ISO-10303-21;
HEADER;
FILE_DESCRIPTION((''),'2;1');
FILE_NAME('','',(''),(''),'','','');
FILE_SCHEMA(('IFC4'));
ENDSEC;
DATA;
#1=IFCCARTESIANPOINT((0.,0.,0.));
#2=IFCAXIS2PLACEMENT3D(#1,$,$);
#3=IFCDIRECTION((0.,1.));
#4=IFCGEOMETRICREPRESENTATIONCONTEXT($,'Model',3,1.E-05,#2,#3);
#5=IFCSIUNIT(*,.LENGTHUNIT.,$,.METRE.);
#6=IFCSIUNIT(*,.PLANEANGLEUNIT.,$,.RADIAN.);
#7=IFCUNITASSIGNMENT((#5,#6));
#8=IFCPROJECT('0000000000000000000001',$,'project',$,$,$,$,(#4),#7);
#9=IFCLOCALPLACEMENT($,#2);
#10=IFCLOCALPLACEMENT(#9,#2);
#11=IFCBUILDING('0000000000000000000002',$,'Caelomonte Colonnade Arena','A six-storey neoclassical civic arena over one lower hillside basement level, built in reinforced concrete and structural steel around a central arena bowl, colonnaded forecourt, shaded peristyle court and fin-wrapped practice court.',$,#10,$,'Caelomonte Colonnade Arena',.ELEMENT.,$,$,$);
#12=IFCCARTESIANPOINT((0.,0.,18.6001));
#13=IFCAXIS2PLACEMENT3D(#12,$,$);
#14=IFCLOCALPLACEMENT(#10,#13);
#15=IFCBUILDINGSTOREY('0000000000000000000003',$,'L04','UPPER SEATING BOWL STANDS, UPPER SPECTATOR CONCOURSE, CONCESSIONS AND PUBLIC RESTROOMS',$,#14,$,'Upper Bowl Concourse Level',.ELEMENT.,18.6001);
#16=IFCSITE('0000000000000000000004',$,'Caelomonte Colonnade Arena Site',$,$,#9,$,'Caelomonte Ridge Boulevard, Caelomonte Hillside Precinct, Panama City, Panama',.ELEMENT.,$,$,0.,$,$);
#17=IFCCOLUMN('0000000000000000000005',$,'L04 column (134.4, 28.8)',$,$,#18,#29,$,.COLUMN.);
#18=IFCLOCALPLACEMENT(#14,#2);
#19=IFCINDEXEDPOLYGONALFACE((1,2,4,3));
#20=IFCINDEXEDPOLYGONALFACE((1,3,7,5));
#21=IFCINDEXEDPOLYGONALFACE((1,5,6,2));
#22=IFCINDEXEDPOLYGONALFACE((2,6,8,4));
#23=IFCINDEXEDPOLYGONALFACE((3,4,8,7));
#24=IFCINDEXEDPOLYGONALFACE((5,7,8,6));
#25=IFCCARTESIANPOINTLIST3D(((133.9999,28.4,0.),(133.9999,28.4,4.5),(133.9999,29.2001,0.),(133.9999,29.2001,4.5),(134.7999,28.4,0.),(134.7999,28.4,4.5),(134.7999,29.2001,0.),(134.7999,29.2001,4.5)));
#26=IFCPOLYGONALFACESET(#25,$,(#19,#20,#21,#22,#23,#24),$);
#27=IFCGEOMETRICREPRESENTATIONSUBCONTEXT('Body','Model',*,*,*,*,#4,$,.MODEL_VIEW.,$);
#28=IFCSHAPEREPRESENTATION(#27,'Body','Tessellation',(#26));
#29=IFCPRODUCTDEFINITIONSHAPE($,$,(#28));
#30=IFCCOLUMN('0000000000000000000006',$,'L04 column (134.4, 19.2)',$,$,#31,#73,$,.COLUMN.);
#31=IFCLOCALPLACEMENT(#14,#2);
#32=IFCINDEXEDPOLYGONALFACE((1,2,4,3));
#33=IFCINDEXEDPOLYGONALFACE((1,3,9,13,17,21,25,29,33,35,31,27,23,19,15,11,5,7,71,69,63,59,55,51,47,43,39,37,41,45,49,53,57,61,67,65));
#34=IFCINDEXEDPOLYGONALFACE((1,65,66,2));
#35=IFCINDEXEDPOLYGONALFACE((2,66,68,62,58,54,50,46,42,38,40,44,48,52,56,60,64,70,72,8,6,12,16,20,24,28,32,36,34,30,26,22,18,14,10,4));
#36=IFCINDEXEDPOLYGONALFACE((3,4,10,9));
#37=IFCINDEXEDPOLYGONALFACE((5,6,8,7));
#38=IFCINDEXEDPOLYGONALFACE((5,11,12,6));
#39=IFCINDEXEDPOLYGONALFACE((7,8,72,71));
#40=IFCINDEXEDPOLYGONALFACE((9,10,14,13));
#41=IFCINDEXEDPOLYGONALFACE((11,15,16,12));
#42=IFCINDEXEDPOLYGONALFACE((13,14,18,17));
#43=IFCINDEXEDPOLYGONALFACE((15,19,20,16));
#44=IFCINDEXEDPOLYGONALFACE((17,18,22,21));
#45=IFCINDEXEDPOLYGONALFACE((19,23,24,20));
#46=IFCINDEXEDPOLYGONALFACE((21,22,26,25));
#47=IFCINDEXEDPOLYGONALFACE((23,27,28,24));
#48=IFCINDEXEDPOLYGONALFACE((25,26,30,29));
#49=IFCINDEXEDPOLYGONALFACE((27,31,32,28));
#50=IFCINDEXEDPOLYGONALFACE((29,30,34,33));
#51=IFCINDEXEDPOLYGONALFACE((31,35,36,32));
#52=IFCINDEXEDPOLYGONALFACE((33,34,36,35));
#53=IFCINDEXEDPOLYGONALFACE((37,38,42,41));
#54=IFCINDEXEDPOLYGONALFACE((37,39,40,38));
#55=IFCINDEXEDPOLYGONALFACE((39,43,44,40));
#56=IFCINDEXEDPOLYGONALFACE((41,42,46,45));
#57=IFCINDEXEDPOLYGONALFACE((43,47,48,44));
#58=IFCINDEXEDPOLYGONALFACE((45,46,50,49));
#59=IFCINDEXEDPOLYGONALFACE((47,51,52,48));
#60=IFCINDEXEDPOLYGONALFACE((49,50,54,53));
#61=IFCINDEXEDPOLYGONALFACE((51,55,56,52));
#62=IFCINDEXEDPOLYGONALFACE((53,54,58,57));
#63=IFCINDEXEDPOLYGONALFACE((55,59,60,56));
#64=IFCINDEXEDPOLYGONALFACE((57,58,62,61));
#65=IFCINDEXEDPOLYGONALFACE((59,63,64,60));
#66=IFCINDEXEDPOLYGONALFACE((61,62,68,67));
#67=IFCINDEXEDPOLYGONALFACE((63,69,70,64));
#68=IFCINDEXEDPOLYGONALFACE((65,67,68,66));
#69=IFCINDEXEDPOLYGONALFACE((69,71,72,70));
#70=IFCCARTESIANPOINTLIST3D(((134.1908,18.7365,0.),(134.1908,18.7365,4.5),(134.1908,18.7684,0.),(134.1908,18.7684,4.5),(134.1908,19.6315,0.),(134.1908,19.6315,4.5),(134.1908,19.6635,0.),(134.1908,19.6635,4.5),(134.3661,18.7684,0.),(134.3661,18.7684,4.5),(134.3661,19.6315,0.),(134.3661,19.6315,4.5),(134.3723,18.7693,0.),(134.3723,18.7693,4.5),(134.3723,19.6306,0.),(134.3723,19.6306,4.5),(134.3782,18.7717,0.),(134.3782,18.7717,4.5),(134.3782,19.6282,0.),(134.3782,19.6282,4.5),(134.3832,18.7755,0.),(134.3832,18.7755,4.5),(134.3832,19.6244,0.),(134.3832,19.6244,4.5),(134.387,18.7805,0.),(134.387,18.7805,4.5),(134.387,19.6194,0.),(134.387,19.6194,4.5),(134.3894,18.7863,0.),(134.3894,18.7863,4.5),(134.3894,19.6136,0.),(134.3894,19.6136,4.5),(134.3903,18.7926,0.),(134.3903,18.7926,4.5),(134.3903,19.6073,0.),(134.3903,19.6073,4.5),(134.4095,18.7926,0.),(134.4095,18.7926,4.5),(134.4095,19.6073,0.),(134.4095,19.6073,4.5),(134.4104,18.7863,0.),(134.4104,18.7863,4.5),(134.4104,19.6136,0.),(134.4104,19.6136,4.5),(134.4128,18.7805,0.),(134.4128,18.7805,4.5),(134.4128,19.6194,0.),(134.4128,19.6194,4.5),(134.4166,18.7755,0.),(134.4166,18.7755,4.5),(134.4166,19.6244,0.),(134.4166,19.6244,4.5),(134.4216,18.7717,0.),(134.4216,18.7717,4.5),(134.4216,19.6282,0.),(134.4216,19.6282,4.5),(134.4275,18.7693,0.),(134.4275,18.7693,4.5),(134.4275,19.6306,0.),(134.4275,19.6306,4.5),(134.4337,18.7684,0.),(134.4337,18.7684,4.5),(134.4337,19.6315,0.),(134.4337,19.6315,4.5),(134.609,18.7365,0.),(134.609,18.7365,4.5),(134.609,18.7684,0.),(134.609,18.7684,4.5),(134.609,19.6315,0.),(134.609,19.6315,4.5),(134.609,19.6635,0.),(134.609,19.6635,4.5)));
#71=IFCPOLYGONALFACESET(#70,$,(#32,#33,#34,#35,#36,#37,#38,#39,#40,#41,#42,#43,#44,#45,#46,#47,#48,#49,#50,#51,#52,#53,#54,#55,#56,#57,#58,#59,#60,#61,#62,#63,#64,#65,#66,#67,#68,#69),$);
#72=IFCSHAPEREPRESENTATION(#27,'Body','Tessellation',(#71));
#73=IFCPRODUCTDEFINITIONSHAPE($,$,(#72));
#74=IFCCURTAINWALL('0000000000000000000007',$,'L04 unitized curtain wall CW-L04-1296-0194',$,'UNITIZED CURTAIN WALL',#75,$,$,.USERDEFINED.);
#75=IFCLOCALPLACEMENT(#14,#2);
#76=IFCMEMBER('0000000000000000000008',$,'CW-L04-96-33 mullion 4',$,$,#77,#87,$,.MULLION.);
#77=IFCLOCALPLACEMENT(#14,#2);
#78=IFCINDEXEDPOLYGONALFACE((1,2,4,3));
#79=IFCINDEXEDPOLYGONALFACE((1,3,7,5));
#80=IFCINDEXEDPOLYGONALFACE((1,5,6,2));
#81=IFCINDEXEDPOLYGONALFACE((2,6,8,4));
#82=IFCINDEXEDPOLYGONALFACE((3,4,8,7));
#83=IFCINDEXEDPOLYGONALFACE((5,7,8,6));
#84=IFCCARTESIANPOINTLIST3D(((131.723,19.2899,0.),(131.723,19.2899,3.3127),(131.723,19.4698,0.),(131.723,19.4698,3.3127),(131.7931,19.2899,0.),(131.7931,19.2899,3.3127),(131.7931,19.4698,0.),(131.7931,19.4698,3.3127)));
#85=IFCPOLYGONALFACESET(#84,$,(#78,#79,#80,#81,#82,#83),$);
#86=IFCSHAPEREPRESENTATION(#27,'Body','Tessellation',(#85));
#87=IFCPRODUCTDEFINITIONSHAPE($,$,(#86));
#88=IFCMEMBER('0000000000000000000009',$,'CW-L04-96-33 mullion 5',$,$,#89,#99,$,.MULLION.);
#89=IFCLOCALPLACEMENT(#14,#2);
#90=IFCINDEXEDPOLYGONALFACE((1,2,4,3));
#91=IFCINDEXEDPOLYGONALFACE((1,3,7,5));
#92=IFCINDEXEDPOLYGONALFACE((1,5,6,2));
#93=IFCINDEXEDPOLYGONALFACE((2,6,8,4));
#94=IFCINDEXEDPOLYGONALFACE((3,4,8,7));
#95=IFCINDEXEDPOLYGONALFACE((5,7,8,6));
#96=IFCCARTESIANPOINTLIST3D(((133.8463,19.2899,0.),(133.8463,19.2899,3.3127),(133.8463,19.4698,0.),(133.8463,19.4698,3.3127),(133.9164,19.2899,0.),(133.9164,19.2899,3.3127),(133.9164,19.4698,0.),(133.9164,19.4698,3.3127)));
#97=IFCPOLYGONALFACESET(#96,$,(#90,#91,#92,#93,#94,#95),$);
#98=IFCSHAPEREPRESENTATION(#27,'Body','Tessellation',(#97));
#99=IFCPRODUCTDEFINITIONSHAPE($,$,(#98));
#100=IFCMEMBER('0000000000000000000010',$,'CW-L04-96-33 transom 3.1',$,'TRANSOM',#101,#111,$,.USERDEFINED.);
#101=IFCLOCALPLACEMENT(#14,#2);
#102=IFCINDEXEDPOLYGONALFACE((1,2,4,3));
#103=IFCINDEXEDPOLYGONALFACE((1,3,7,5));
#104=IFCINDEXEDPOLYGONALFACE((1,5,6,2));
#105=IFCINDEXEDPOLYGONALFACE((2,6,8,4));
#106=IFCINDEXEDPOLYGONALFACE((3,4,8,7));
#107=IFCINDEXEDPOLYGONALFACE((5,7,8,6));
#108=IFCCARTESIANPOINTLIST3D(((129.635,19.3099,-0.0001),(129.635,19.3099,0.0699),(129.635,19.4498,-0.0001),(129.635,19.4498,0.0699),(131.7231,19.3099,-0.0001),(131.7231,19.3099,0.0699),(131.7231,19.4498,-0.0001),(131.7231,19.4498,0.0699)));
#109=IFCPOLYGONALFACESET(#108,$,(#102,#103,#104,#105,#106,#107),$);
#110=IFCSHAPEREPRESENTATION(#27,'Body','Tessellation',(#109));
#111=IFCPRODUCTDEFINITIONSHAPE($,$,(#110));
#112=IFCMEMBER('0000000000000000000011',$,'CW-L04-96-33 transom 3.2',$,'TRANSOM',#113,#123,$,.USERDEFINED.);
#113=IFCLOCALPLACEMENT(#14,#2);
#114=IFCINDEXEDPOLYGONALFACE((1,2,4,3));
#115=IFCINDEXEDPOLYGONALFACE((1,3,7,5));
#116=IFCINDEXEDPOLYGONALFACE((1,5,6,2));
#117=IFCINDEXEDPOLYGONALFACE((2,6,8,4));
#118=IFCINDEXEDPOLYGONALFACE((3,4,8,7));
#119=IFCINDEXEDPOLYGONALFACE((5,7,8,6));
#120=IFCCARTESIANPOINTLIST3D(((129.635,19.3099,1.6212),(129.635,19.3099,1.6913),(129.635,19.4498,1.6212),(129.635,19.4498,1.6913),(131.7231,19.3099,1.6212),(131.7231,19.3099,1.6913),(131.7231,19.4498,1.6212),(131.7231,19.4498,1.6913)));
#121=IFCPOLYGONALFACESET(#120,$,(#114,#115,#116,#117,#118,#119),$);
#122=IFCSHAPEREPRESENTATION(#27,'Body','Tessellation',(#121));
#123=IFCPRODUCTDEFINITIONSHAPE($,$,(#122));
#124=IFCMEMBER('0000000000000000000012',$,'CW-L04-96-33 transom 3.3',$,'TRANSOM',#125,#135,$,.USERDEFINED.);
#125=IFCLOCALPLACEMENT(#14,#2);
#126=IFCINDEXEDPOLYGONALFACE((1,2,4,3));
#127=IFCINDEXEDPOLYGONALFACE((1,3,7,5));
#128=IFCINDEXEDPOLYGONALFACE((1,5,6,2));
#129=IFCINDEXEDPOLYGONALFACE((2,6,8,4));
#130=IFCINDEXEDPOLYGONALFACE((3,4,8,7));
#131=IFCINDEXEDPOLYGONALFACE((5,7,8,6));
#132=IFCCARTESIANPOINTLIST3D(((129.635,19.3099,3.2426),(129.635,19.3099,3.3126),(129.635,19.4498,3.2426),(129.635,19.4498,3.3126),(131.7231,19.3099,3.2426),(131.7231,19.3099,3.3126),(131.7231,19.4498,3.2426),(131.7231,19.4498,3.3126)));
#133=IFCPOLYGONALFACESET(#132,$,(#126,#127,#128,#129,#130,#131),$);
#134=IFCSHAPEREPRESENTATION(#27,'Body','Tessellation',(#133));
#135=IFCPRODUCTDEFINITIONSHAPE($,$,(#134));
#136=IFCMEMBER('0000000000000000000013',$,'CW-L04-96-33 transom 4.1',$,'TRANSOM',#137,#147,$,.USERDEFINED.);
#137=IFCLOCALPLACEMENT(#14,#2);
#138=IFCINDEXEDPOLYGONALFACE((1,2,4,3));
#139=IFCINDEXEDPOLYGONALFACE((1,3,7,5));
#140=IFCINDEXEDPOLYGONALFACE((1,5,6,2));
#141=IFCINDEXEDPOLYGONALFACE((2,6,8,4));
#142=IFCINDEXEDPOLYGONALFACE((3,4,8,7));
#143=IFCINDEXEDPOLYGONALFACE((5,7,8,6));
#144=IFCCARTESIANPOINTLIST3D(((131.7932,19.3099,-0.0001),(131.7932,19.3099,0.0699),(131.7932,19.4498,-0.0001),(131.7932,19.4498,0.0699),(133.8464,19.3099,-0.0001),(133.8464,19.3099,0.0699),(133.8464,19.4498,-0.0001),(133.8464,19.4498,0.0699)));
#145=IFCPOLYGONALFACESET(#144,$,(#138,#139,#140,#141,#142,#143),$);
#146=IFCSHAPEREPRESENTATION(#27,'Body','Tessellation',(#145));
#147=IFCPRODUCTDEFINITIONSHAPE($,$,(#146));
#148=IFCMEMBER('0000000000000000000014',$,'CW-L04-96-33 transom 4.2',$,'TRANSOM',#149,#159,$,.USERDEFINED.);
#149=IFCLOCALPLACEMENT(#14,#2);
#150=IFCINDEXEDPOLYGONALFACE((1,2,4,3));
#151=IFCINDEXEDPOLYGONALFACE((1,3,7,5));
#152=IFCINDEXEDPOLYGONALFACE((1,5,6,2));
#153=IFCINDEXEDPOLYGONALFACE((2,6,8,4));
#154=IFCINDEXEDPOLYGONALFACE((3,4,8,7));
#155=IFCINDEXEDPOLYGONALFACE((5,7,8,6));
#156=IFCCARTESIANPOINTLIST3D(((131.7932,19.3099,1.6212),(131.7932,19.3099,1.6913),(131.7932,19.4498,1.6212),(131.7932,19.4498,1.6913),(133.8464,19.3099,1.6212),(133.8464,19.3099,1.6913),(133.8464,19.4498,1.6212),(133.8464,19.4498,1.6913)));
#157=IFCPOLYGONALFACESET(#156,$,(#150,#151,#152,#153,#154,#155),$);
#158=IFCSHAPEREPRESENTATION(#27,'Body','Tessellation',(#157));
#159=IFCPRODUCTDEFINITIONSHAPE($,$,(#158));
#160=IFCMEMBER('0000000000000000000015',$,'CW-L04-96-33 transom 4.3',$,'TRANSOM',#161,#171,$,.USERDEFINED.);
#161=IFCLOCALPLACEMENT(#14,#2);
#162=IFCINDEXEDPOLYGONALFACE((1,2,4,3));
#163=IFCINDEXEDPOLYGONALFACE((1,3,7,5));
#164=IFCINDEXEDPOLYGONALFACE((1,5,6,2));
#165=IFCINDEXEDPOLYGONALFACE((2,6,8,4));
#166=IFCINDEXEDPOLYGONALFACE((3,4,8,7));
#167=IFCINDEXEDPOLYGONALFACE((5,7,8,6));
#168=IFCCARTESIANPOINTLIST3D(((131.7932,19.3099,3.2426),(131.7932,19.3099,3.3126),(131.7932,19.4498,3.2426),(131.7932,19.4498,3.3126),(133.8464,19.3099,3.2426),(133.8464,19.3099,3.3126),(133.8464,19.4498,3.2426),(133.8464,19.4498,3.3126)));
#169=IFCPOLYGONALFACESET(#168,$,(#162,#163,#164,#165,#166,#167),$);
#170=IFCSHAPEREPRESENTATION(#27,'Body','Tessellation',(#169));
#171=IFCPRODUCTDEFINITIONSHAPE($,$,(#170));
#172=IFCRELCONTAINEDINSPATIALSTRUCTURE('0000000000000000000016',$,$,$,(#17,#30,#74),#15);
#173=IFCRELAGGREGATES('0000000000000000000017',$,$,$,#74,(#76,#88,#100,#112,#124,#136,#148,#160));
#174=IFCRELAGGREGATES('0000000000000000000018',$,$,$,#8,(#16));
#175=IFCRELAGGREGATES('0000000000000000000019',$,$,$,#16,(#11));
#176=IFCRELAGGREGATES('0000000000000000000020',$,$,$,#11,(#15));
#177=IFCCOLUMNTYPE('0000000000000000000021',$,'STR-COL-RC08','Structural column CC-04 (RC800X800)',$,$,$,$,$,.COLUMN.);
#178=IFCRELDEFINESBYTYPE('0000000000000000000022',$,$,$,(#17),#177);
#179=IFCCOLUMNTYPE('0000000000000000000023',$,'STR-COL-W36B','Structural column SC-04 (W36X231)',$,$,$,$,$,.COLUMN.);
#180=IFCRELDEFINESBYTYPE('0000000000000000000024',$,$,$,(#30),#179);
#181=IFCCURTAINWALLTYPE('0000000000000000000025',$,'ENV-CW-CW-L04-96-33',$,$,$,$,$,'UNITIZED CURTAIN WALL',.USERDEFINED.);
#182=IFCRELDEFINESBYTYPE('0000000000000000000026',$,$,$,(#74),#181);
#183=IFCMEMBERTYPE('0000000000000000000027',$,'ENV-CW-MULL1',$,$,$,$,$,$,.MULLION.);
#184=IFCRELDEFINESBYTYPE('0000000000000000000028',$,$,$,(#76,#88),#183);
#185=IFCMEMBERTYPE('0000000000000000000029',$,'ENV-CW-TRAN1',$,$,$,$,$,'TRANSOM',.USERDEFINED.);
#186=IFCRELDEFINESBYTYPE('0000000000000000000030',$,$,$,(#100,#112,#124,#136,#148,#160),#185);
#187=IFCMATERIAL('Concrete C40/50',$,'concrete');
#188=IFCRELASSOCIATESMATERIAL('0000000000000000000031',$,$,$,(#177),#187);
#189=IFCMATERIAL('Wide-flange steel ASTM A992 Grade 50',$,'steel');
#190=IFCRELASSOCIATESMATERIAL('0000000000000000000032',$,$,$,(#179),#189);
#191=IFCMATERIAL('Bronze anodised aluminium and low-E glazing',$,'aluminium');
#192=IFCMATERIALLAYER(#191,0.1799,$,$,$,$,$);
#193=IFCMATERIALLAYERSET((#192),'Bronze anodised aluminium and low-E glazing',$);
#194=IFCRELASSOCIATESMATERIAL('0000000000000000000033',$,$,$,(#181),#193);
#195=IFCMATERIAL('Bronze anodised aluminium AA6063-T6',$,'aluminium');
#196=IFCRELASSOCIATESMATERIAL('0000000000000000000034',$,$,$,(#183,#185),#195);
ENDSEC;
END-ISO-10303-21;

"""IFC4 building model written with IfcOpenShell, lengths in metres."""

from ifc_helpers import new_model, si_unit, direction, frame, origin, origin_2d, place, context, subcontext, project, spatial, rectangle, i_section, extrude, material, layer, layer_set, material_profile, profile_set, type_object, element, aggregate, save


model = new_model("IFC4")

# Units and contexts
model_context = context("Model", 3, precision=1e-05, world=origin(), true_north=direction((0.0, 1.0)))
body_context = subcontext(model_context, "Body", "Model", "MODEL_VIEW")
ifc_project = project(units=[si_unit("LENGTHUNIT", "METRE"), si_unit("PLANEANGLEUNIT", "RADIAN")], contexts=[model_context])

# Site, building, storey
site_placement = place(None, origin())
site = spatial("IfcSite", under=ifc_project, at=site_placement, Name="Caelomonte Colonnade Arena Site", LongName="Caelomonte Ridge Boulevard, Caelomonte Hillside Precinct, Panama City, Panama", CompositionType="ELEMENT", RefElevation=0.0)
building_placement = place(site_placement, origin())
building = spatial("IfcBuilding", under=site, at=building_placement, Name="Caelomonte Colonnade Arena", Description="A six-storey neoclassical civic arena over one lower hillside basement level, built in reinforced concrete and structural steel around a central arena bowl, colonnaded forecourt, shaded peristyle court and fin-wrapped practice court.", LongName="Caelomonte Colonnade Arena", CompositionType="ELEMENT")
storey_placement = place(building_placement, frame((0.0, 0.0, 18.6001)))
storey = spatial("IfcBuildingStorey", under=building, at=storey_placement, Name="L04", Description="UPPER SEATING BOWL STANDS, UPPER SPECTATOR CONCOURSE, CONCESSIONS AND PUBLIC RESTROOMS", LongName="Upper Bowl Concourse Level", CompositionType="ELEMENT", Elevation=18.6001)

# Columns
ifc_material_1 = material(Name="Concrete C40/50", Category="concrete")
ifc_material_profile_1 = material_profile(ifc_material_1, rectangle(XDim=0.8, YDim=0.8, at=origin_2d()), Name="RC800X800")
ifc_profile_set_1 = profile_set([ifc_material_profile_1], Name="Concrete C40/50")
column_type_1 = type_object("IfcColumnType", Name="STR-COL-RC08", Description="Structural column CC-04 (RC800X800)", PredefinedType="COLUMN", material=ifc_profile_set_1)
column_1_placement = place(storey_placement, frame((134.3999, 28.8, 0.0), z_axis=(0.0, 0.0, 1.0), x_axis=(1.0, 0.0, 0.0)))
element("IfcColumn", 1, at=column_1_placement, inside=storey, type_object=column_type_1, Name="L04 column (134.4, 28.8)", PredefinedType="COLUMN", context=body_context, shape_type="SweptSolid", body=[
    extrude(rectangle(XDim=0.8, YDim=0.8, at=origin_2d()), origin(), (0.0, 0.0, 1.0), 4.5),
])
ifc_material_2 = material(Name="Wide-flange steel ASTM A992 Grade 50", Category="steel")
ifc_material_profile_2 = material_profile(ifc_material_2, i_section(OverallWidth=0.4182, OverallDepth=0.927, WebThickness=0.0193, FlangeThickness=0.032, FilletRadius=0.0242, at=origin_2d()), Name="W36X231")
ifc_profile_set_2 = profile_set([ifc_material_profile_2], Name="Wide-flange steel ASTM A992 Grade 50")
column_type_2 = type_object("IfcColumnType", Name="STR-COL-W36B", Description="Structural column SC-04 (W36X231)", PredefinedType="COLUMN", material=ifc_profile_set_2)
column_2_placement = place(storey_placement, frame((134.3999, 19.2, 0.0), z_axis=(0.0, 0.0, 1.0), x_axis=(1.0, 0.0, 0.0)))
element("IfcColumn", 2, at=column_2_placement, inside=storey, type_object=column_type_2, Name="L04 column (134.4, 19.2)", PredefinedType="COLUMN", context=body_context, shape_type="SweptSolid", body=[
    extrude(i_section(OverallWidth=0.4182, OverallDepth=0.927, WebThickness=0.0193, FlangeThickness=0.032, FilletRadius=0.0242, at=origin_2d()), origin(), (0.0, 0.0, 1.0), 4.5),
])

# Curtain wall, members
ifc_material_3 = material(Name="Bronze anodised aluminium and low-E glazing", Category="aluminium")
ifc_layer_1 = layer(ifc_material_3, 0.1799)
ifc_layer_set_1 = layer_set([ifc_layer_1], Name="Bronze anodised aluminium and low-E glazing")
curtain_wall_type = type_object("IfcCurtainWallType", Name="ENV-CW-CW-L04-96-33", ElementType="UNITIZED CURTAIN WALL", PredefinedType="USERDEFINED", material=ifc_layer_set_1)
curtain_wall_placement = place(storey_placement, origin())
curtain_wall = element("IfcCurtainWall", 3, at=curtain_wall_placement, inside=storey, type_object=curtain_wall_type, Name="L04 unitized curtain wall CW-L04-1296-0194", ObjectType="UNITIZED CURTAIN WALL", PredefinedType="USERDEFINED")
ifc_material_4 = material(Name="Bronze anodised aluminium AA6063-T6", Category="aluminium")
ifc_material_profile_3 = material_profile(ifc_material_4, rectangle(XDim=0.0701, YDim=0.1799, at=origin_2d()), Name="CWM-70X180")
ifc_profile_set_3 = profile_set([ifc_material_profile_3], Name="Bronze anodised aluminium AA6063-T6")
member_type_1 = type_object("IfcMemberType", Name="ENV-CW-MULL1", PredefinedType="MULLION", material=ifc_profile_set_3)
member_1_placement = place(storey_placement, frame((131.7581, 19.3799, 0.0), z_axis=(0.0, 0.0, 1.0), x_axis=(1.0, 0.0, 0.0)))
member_1 = element("IfcMember", 4, at=member_1_placement, type_object=member_type_1, Name="CW-L04-96-33 mullion 4", PredefinedType="MULLION", context=body_context, shape_type="SweptSolid", body=[
    extrude(rectangle(XDim=0.0701, YDim=0.1799, at=origin_2d()), origin(), (0.0, 0.0, 1.0), 3.3127),
])
member_2_placement = place(storey_placement, frame((133.8813, 19.3799, 0.0), z_axis=(0.0, 0.0, 1.0), x_axis=(1.0, 0.0, 0.0)))
member_2 = element("IfcMember", 5, at=member_2_placement, type_object=member_type_1, Name="CW-L04-96-33 mullion 5", PredefinedType="MULLION", context=body_context, shape_type="SweptSolid", body=[
    extrude(rectangle(XDim=0.0701, YDim=0.1799, at=origin_2d()), origin(), (0.0, 0.0, 1.0), 3.3127),
])
ifc_material_profile_4 = material_profile(ifc_material_4, rectangle(XDim=0.0701, YDim=0.1399, at=origin_2d()), Name="CWT-70X140")
ifc_profile_set_4 = profile_set([ifc_material_profile_4], Name="Bronze anodised aluminium AA6063-T6")
member_type_2 = type_object("IfcMemberType", Name="ENV-CW-TRAN1", ElementType="TRANSOM", PredefinedType="USERDEFINED", material=ifc_profile_set_4)
member_3_placement = place(storey_placement, frame((129.635, 19.3799, 0.0349), z_axis=(1.0, 0.0, 0.0), x_axis=(0.0, 0.0, 1.0)))
member_3 = element("IfcMember", 6, at=member_3_placement, type_object=member_type_2, Name="CW-L04-96-33 transom 3.1", ObjectType="TRANSOM", PredefinedType="USERDEFINED", context=body_context, shape_type="SweptSolid", body=[
    extrude(rectangle(XDim=0.0701, YDim=0.1399, at=origin_2d()), origin(), (0.0, 0.0, 1.0), 2.0881),
])
member_4_placement = place(storey_placement, frame((129.635, 19.3799, 1.6562), z_axis=(1.0, 0.0, 0.0), x_axis=(0.0, 0.0, 1.0)))
member_4 = element("IfcMember", 7, at=member_4_placement, type_object=member_type_2, Name="CW-L04-96-33 transom 3.2", ObjectType="TRANSOM", PredefinedType="USERDEFINED", context=body_context, shape_type="SweptSolid", body=[
    extrude(rectangle(XDim=0.0701, YDim=0.1399, at=origin_2d()), origin(), (0.0, 0.0, 1.0), 2.0881),
])
member_5_placement = place(storey_placement, frame((129.635, 19.3799, 3.2776), z_axis=(1.0, 0.0, 0.0), x_axis=(0.0, 0.0, 1.0)))
member_5 = element("IfcMember", 8, at=member_5_placement, type_object=member_type_2, Name="CW-L04-96-33 transom 3.3", ObjectType="TRANSOM", PredefinedType="USERDEFINED", context=body_context, shape_type="SweptSolid", body=[
    extrude(rectangle(XDim=0.0701, YDim=0.1399, at=origin_2d()), origin(), (0.0, 0.0, 1.0), 2.0881),
])
member_6_placement = place(storey_placement, frame((131.7932, 19.3799, 0.0349), z_axis=(1.0, 0.0, 0.0), x_axis=(0.0, 0.0, 1.0)))
member_6 = element("IfcMember", 9, at=member_6_placement, type_object=member_type_2, Name="CW-L04-96-33 transom 4.1", ObjectType="TRANSOM", PredefinedType="USERDEFINED", context=body_context, shape_type="SweptSolid", body=[
    extrude(rectangle(XDim=0.0701, YDim=0.1399, at=origin_2d()), origin(), (0.0, 0.0, 1.0), 2.0532),
])
member_7_placement = place(storey_placement, frame((131.7932, 19.3799, 1.6562), z_axis=(1.0, 0.0, 0.0), x_axis=(0.0, 0.0, 1.0)))
member_7 = element("IfcMember", 10, at=member_7_placement, type_object=member_type_2, Name="CW-L04-96-33 transom 4.2", ObjectType="TRANSOM", PredefinedType="USERDEFINED", context=body_context, shape_type="SweptSolid", body=[
    extrude(rectangle(XDim=0.0701, YDim=0.1399, at=origin_2d()), origin(), (0.0, 0.0, 1.0), 2.0532),
])
member_8_placement = place(storey_placement, frame((131.7932, 19.3799, 3.2776), z_axis=(1.0, 0.0, 0.0), x_axis=(0.0, 0.0, 1.0)))
member_8 = element("IfcMember", 11, at=member_8_placement, type_object=member_type_2, Name="CW-L04-96-33 transom 4.3", ObjectType="TRANSOM", PredefinedType="USERDEFINED", context=body_context, shape_type="SweptSolid", body=[
    extrude(rectangle(XDim=0.0701, YDim=0.1399, at=origin_2d()), origin(), (0.0, 0.0, 1.0), 2.0532),
])

aggregate(curtain_wall, [member_1, member_2, member_3, member_4, member_5, member_6, member_7, member_8])

save(model, "model.ifc")
